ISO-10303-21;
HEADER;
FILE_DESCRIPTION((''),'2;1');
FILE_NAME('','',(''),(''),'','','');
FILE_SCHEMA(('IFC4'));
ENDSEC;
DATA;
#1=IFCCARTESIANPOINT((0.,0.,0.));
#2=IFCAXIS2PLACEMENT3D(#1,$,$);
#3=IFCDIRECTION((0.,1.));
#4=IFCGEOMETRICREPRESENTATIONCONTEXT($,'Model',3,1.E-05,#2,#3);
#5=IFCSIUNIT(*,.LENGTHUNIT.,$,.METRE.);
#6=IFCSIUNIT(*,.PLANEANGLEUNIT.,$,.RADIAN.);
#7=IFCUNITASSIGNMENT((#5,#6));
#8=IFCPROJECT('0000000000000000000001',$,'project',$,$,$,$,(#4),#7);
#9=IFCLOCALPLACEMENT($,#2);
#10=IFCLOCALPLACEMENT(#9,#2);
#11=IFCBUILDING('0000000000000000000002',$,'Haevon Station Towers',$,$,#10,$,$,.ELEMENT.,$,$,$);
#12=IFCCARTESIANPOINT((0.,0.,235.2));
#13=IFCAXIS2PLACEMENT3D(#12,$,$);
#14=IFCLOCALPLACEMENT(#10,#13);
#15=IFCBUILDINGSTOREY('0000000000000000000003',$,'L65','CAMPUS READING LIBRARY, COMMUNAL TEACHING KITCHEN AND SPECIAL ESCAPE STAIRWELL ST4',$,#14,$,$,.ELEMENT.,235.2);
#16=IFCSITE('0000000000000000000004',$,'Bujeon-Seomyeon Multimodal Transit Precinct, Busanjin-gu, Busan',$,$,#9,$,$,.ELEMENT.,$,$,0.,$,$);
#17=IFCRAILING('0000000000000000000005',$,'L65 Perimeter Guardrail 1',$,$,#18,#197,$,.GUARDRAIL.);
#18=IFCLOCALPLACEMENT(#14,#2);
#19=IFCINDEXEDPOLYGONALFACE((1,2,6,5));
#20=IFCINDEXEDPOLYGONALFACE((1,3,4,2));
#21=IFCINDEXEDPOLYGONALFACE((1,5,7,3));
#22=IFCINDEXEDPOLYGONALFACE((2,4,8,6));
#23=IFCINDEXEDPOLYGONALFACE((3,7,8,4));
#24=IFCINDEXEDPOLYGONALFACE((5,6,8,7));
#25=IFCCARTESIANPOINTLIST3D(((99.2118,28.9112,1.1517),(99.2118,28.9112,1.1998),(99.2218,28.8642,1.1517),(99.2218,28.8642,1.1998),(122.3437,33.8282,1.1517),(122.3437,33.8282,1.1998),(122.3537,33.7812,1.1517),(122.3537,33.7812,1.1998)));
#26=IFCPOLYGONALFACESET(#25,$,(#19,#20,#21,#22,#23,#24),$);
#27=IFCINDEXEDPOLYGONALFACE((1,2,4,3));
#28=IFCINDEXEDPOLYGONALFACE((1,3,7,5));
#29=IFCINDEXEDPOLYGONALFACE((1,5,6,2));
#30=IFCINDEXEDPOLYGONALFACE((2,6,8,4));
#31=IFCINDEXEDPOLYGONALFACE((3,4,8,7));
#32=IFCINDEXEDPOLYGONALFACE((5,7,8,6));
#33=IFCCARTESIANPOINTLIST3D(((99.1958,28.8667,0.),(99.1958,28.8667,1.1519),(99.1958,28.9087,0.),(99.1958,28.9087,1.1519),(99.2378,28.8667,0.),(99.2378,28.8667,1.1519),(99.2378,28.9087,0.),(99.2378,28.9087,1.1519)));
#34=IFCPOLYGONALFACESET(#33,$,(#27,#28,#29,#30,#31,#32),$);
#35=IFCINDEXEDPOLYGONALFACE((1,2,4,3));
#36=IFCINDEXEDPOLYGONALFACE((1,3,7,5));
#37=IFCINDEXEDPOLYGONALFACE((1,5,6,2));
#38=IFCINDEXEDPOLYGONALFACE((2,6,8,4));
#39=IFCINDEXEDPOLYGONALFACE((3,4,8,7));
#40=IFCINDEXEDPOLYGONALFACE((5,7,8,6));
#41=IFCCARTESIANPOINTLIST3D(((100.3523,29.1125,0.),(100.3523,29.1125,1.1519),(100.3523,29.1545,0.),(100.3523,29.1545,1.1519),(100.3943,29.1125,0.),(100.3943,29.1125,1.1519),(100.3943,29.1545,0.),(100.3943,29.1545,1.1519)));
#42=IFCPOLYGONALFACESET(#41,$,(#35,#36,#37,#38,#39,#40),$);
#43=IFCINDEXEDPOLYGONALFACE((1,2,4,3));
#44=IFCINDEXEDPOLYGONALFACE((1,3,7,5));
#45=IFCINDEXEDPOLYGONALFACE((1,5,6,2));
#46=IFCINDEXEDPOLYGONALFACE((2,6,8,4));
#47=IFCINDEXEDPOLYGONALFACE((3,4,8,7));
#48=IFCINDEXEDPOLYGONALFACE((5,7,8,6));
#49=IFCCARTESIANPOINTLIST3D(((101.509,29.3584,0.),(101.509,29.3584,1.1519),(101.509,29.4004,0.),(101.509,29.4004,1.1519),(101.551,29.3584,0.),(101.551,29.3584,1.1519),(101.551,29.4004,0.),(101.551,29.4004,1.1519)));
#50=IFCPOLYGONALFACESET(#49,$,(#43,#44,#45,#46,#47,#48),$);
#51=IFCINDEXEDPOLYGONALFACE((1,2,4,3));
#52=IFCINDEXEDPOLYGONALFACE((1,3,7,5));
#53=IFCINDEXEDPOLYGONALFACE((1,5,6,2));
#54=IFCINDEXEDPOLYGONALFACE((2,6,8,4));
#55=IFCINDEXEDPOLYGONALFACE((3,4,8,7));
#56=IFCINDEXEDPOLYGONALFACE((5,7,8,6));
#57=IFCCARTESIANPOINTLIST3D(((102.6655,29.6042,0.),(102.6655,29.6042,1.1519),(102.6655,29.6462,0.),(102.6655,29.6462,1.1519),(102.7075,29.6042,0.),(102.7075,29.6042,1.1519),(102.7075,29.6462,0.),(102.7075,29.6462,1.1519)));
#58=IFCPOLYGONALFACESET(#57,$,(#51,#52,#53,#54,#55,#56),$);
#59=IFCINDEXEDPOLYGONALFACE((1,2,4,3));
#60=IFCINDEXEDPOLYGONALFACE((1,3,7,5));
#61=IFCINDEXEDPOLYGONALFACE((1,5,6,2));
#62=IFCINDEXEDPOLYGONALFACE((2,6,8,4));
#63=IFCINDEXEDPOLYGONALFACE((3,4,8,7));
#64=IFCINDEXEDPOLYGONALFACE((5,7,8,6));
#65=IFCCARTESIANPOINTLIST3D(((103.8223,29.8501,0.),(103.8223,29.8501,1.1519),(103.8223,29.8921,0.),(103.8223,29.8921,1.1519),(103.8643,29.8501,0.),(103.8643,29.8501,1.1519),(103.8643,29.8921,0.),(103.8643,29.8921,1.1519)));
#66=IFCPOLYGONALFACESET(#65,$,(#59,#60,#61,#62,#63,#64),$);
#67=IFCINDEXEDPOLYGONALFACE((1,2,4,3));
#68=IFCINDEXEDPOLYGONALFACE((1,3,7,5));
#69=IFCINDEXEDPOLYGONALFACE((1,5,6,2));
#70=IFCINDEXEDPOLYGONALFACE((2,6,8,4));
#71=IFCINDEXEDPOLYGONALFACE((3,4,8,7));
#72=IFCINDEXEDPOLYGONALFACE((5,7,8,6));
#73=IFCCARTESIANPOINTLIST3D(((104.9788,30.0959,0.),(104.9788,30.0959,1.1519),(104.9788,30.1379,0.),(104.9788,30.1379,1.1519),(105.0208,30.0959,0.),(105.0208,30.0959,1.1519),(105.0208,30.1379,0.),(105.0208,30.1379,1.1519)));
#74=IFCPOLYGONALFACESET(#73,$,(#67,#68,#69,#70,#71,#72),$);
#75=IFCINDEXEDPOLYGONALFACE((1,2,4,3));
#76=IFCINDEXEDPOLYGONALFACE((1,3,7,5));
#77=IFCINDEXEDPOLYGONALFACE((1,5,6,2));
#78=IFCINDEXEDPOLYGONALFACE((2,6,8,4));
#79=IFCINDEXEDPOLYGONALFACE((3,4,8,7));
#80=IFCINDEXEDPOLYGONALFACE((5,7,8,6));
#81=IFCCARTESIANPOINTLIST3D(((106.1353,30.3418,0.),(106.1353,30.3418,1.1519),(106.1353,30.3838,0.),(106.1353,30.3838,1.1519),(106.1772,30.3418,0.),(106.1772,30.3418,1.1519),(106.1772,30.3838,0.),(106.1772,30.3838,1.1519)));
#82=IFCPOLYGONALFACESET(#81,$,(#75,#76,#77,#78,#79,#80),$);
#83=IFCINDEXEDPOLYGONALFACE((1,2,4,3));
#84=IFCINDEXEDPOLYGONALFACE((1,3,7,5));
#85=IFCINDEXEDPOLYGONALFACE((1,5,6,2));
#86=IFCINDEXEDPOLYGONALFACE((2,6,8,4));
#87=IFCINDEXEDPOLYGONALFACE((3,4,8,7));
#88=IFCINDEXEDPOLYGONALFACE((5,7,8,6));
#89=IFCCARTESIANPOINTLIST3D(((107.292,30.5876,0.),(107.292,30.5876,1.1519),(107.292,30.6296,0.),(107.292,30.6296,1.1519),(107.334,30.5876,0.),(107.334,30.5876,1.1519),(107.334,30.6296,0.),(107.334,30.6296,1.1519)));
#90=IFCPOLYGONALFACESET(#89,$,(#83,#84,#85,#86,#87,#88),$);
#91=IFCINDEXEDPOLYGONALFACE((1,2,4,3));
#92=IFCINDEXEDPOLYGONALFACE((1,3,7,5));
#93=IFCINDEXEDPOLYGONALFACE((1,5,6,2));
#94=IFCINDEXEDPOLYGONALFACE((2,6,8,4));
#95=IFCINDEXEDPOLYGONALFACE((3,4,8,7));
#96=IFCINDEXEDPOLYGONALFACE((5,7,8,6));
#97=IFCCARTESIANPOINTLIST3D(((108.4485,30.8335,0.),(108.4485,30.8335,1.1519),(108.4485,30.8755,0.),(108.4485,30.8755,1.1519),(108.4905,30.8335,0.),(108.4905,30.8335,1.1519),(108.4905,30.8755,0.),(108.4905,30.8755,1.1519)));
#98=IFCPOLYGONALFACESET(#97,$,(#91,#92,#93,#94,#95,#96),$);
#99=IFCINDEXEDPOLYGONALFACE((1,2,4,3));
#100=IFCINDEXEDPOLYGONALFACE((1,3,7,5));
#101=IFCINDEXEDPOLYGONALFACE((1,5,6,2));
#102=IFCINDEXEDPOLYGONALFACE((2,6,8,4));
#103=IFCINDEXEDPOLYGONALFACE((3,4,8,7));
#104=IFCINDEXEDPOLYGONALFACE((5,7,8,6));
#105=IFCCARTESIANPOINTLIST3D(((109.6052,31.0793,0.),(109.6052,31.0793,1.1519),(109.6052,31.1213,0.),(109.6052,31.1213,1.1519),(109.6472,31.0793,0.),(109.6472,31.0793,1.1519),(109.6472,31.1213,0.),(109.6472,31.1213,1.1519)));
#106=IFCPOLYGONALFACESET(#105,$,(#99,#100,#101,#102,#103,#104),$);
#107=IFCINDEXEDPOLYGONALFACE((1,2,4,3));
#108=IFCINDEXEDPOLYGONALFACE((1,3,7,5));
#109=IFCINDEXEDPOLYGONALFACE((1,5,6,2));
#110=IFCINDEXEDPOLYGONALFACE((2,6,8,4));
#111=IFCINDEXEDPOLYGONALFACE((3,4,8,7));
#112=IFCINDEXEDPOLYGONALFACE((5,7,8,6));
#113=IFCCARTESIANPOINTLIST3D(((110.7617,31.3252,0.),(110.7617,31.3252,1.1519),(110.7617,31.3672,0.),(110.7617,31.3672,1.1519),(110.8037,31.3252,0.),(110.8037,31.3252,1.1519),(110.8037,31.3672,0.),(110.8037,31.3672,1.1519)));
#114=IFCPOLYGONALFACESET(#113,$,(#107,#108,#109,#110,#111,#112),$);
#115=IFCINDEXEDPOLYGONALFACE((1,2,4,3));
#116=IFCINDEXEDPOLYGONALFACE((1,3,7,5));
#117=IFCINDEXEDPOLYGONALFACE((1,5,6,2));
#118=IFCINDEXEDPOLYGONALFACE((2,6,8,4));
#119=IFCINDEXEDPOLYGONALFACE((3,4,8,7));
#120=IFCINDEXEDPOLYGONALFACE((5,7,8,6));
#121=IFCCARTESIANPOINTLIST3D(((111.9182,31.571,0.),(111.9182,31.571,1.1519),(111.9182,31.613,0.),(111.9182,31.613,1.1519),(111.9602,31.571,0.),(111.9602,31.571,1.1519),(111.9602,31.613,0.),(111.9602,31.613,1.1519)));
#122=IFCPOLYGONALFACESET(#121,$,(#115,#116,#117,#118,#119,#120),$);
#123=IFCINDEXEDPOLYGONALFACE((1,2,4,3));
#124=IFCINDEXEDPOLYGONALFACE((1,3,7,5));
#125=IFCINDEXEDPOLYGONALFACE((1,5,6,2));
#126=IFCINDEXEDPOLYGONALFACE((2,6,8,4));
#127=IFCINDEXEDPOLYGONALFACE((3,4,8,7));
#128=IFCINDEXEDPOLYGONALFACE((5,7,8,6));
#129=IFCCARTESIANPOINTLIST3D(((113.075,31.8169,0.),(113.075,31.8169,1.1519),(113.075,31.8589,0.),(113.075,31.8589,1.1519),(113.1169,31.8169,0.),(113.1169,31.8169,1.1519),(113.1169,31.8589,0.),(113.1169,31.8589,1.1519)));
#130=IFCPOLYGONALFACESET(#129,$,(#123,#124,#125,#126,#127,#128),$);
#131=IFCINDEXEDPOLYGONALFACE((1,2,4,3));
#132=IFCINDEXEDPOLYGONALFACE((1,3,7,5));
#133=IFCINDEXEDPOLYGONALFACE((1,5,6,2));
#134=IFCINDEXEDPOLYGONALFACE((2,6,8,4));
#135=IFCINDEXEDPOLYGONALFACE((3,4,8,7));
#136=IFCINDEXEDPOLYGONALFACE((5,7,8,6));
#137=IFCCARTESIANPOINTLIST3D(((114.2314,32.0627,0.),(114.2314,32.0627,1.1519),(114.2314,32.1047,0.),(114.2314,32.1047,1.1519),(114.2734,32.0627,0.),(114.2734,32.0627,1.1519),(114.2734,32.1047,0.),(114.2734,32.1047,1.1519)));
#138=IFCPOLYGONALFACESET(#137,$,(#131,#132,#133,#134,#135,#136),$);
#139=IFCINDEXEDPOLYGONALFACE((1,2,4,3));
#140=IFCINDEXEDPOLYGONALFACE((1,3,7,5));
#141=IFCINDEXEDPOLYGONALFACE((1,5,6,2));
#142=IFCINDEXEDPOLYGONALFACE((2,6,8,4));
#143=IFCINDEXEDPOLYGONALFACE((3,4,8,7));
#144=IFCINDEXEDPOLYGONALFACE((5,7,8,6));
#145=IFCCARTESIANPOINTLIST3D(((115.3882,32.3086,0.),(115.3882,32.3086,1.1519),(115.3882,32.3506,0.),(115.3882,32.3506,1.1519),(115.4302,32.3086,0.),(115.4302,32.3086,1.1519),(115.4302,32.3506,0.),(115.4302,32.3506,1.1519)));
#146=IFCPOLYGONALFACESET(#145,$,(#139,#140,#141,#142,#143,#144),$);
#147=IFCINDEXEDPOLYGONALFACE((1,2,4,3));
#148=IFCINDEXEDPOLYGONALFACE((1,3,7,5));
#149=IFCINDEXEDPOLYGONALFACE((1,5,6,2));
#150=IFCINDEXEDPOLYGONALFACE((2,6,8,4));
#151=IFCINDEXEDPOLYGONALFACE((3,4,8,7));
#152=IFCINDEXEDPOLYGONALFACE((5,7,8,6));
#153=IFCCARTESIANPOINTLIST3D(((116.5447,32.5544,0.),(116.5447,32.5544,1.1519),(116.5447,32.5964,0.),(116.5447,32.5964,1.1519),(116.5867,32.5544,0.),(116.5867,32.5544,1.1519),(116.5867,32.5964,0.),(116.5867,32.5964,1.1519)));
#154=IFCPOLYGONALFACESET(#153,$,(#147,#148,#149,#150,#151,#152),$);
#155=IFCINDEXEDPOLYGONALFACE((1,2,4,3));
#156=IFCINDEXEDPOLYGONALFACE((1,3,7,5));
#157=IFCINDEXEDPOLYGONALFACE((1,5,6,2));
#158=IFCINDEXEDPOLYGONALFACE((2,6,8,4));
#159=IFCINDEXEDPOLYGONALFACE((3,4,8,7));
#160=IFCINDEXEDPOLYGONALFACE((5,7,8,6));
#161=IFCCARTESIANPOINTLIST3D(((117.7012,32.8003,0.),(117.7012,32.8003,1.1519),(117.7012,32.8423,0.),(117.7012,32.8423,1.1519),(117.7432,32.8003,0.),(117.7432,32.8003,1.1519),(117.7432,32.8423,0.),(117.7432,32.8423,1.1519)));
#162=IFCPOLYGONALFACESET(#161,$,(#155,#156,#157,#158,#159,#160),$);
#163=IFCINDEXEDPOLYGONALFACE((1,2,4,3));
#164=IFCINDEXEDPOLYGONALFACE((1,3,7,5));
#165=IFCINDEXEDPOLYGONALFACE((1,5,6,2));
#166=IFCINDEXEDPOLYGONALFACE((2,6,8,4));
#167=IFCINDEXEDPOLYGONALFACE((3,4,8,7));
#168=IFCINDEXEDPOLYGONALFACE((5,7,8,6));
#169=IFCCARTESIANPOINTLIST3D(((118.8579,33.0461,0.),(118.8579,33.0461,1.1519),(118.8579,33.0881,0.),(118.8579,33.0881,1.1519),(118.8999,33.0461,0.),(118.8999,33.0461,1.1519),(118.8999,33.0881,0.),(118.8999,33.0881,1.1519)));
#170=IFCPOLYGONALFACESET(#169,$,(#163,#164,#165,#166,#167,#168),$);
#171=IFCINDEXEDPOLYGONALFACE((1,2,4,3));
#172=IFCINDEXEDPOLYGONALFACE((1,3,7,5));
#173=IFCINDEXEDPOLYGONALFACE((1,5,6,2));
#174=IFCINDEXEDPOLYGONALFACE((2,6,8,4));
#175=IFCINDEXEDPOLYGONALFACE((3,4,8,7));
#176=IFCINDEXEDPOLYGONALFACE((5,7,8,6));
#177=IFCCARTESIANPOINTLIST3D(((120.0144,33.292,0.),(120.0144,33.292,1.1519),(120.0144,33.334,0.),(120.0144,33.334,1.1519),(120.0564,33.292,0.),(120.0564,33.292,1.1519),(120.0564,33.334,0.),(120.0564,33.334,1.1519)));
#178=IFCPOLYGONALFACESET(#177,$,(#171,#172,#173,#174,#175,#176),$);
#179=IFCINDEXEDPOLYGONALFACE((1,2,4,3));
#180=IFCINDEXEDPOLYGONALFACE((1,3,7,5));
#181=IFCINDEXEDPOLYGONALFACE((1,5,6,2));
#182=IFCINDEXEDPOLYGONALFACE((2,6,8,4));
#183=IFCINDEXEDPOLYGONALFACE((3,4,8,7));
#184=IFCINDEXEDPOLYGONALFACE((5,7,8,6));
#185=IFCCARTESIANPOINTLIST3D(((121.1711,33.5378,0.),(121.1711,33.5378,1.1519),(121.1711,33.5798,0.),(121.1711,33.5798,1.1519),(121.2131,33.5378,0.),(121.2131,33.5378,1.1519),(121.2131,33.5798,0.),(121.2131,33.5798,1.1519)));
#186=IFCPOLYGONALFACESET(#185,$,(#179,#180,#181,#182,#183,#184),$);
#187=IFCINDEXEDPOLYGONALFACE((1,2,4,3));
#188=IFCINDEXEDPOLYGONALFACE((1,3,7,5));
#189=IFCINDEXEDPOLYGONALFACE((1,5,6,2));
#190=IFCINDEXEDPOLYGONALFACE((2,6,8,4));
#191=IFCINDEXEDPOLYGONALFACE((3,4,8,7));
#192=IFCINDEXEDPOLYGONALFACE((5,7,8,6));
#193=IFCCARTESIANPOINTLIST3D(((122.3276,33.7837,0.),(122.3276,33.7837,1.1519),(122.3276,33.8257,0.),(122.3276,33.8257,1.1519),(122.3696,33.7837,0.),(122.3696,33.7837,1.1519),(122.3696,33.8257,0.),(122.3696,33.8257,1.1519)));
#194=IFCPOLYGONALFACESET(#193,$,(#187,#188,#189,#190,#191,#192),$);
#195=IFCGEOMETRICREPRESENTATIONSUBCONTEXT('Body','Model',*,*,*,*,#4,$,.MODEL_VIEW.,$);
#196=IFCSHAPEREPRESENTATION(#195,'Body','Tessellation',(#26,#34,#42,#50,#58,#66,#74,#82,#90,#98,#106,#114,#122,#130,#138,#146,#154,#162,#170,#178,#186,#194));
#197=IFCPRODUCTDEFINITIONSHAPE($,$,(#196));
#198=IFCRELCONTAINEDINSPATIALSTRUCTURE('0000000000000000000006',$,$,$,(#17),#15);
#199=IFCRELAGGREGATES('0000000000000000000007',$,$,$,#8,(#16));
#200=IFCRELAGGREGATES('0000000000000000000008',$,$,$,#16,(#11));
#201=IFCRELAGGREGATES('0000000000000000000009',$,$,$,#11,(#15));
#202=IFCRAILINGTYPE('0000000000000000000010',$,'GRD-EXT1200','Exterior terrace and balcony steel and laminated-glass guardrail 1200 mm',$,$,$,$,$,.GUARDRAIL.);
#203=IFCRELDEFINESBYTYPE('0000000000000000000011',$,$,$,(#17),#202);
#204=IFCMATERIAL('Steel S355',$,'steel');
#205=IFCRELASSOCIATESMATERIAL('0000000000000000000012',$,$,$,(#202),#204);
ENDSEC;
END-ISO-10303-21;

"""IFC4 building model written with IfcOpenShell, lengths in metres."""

from ifc_helpers import new_model, si_unit, direction, frame, origin, origin_2d, place, context, subcontext, project, spatial, rectangle, extrude, material, type_object, element, save


model = new_model("IFC4")

# Units and contexts
model_context = context("Model", 3, precision=1e-05, world=origin(), true_north=direction((0.0, 1.0)))
body_context = subcontext(model_context, "Body", "Model", "MODEL_VIEW")
ifc_project = project(units=[si_unit("LENGTHUNIT", "METRE"), si_unit("PLANEANGLEUNIT", "RADIAN")], contexts=[model_context])

# Site, building, storey
site_placement = place(None, origin())
site = spatial("IfcSite", under=ifc_project, at=site_placement, Name="Bujeon-Seomyeon Multimodal Transit Precinct, Busanjin-gu, Busan", CompositionType="ELEMENT", RefElevation=0.0)
building_placement = place(site_placement, origin())
building = spatial("IfcBuilding", under=site, at=building_placement, Name="Haevon Station Towers", CompositionType="ELEMENT")
storey_placement = place(building_placement, frame((0.0, 0.0, 235.2)))
storey = spatial("IfcBuildingStorey", under=building, at=storey_placement, Name="L65", Description="CAMPUS READING LIBRARY, COMMUNAL TEACHING KITCHEN AND SPECIAL ESCAPE STAIRWELL ST4", CompositionType="ELEMENT", Elevation=235.2)

# Shared definitions
ifc_material_1 = material(Name="Steel S355", Category="steel")

# Railing
railing_type_1 = type_object("IfcRailingType", Name="GRD-EXT1200", Description="Exterior terrace and balcony steel and laminated-glass guardrail 1200 mm", PredefinedType="GUARDRAIL", material=ifc_material_1)
railing_1_placement = place(storey_placement, frame((99.2168, 28.8877, 0.0)))
element("IfcRailing", 1, at=railing_1_placement, inside=storey, type_object=railing_type_1, Name="L65 Perimeter Guardrail 1", PredefinedType="GUARDRAIL", context=body_context, shape_type="SweptSolid", body=[
    extrude(rectangle(XDim=0.0481, YDim=0.0481, at=origin_2d()), frame((0.0, 0.0, 1.1758), z_axis=(0.978146, 0.207919, 0.0), x_axis=(-0.207919, 0.978146, 0.0)), (0.0, 0.0, 1.0), 23.6487),
    extrude(rectangle(XDim=0.042, YDim=0.042, at=origin_2d()), origin(), (0.0, 0.0, 1.0), 1.1519),
    extrude(rectangle(XDim=0.042, YDim=0.042, at=origin_2d()), frame((1.1565, 0.2458, 0.0)), (0.0, 0.0, 1.0), 1.1519),
    extrude(rectangle(XDim=0.042, YDim=0.042, at=origin_2d()), frame((2.3132, 0.4917, 0.0)), (0.0, 0.0, 1.0), 1.1519),
    extrude(rectangle(XDim=0.042, YDim=0.042, at=origin_2d()), frame((3.4697, 0.7375, 0.0)), (0.0, 0.0, 1.0), 1.1519),
    extrude(rectangle(XDim=0.042, YDim=0.042, at=origin_2d()), frame((4.6265, 0.9834, 0.0)), (0.0, 0.0, 1.0), 1.1519),
    extrude(rectangle(XDim=0.042, YDim=0.042, at=origin_2d()), frame((5.783, 1.2292, 0.0)), (0.0, 0.0, 1.0), 1.1519),
    extrude(rectangle(XDim=0.042, YDim=0.042, at=origin_2d()), frame((6.9395, 1.4751, 0.0)), (0.0, 0.0, 1.0), 1.1519),
    extrude(rectangle(XDim=0.042, YDim=0.042, at=origin_2d()), frame((8.0962, 1.7209, 0.0)), (0.0, 0.0, 1.0), 1.1519),
    extrude(rectangle(XDim=0.042, YDim=0.042, at=origin_2d()), frame((9.2527, 1.9668, 0.0)), (0.0, 0.0, 1.0), 1.1519),
    extrude(rectangle(XDim=0.042, YDim=0.042, at=origin_2d()), frame((10.4094, 2.2126, 0.0)), (0.0, 0.0, 1.0), 1.1519),
    extrude(rectangle(XDim=0.042, YDim=0.042, at=origin_2d()), frame((11.5659, 2.4585, 0.0)), (0.0, 0.0, 1.0), 1.1519),
    extrude(rectangle(XDim=0.042, YDim=0.042, at=origin_2d()), frame((12.7224, 2.7043, 0.0)), (0.0, 0.0, 1.0), 1.1519),
    extrude(rectangle(XDim=0.042, YDim=0.042, at=origin_2d()), frame((13.8792, 2.9502, 0.0)), (0.0, 0.0, 1.0), 1.1519),
    extrude(rectangle(XDim=0.042, YDim=0.042, at=origin_2d()), frame((15.0356, 3.196, 0.0)), (0.0, 0.0, 1.0), 1.1519),
    extrude(rectangle(XDim=0.042, YDim=0.042, at=origin_2d()), frame((16.1924, 3.4419, 0.0)), (0.0, 0.0, 1.0), 1.1519),
    extrude(rectangle(XDim=0.042, YDim=0.042, at=origin_2d()), frame((17.3489, 3.6877, 0.0)), (0.0, 0.0, 1.0), 1.1519),
    extrude(rectangle(XDim=0.042, YDim=0.042, at=origin_2d()), frame((18.5054, 3.9336, 0.0)), (0.0, 0.0, 1.0), 1.1519),
    extrude(rectangle(XDim=0.042, YDim=0.042, at=origin_2d()), frame((19.6621, 4.1794, 0.0)), (0.0, 0.0, 1.0), 1.1519),
    extrude(rectangle(XDim=0.042, YDim=0.042, at=origin_2d()), frame((20.8186, 4.4253, 0.0)), (0.0, 0.0, 1.0), 1.1519),
    extrude(rectangle(XDim=0.042, YDim=0.042, at=origin_2d()), frame((21.9753, 4.6711, 0.0)), (0.0, 0.0, 1.0), 1.1519),
    extrude(rectangle(XDim=0.042, YDim=0.042, at=origin_2d()), frame((23.1318, 4.917, 0.0)), (0.0, 0.0, 1.0), 1.1519),
])

save(model, "model.ifc")
